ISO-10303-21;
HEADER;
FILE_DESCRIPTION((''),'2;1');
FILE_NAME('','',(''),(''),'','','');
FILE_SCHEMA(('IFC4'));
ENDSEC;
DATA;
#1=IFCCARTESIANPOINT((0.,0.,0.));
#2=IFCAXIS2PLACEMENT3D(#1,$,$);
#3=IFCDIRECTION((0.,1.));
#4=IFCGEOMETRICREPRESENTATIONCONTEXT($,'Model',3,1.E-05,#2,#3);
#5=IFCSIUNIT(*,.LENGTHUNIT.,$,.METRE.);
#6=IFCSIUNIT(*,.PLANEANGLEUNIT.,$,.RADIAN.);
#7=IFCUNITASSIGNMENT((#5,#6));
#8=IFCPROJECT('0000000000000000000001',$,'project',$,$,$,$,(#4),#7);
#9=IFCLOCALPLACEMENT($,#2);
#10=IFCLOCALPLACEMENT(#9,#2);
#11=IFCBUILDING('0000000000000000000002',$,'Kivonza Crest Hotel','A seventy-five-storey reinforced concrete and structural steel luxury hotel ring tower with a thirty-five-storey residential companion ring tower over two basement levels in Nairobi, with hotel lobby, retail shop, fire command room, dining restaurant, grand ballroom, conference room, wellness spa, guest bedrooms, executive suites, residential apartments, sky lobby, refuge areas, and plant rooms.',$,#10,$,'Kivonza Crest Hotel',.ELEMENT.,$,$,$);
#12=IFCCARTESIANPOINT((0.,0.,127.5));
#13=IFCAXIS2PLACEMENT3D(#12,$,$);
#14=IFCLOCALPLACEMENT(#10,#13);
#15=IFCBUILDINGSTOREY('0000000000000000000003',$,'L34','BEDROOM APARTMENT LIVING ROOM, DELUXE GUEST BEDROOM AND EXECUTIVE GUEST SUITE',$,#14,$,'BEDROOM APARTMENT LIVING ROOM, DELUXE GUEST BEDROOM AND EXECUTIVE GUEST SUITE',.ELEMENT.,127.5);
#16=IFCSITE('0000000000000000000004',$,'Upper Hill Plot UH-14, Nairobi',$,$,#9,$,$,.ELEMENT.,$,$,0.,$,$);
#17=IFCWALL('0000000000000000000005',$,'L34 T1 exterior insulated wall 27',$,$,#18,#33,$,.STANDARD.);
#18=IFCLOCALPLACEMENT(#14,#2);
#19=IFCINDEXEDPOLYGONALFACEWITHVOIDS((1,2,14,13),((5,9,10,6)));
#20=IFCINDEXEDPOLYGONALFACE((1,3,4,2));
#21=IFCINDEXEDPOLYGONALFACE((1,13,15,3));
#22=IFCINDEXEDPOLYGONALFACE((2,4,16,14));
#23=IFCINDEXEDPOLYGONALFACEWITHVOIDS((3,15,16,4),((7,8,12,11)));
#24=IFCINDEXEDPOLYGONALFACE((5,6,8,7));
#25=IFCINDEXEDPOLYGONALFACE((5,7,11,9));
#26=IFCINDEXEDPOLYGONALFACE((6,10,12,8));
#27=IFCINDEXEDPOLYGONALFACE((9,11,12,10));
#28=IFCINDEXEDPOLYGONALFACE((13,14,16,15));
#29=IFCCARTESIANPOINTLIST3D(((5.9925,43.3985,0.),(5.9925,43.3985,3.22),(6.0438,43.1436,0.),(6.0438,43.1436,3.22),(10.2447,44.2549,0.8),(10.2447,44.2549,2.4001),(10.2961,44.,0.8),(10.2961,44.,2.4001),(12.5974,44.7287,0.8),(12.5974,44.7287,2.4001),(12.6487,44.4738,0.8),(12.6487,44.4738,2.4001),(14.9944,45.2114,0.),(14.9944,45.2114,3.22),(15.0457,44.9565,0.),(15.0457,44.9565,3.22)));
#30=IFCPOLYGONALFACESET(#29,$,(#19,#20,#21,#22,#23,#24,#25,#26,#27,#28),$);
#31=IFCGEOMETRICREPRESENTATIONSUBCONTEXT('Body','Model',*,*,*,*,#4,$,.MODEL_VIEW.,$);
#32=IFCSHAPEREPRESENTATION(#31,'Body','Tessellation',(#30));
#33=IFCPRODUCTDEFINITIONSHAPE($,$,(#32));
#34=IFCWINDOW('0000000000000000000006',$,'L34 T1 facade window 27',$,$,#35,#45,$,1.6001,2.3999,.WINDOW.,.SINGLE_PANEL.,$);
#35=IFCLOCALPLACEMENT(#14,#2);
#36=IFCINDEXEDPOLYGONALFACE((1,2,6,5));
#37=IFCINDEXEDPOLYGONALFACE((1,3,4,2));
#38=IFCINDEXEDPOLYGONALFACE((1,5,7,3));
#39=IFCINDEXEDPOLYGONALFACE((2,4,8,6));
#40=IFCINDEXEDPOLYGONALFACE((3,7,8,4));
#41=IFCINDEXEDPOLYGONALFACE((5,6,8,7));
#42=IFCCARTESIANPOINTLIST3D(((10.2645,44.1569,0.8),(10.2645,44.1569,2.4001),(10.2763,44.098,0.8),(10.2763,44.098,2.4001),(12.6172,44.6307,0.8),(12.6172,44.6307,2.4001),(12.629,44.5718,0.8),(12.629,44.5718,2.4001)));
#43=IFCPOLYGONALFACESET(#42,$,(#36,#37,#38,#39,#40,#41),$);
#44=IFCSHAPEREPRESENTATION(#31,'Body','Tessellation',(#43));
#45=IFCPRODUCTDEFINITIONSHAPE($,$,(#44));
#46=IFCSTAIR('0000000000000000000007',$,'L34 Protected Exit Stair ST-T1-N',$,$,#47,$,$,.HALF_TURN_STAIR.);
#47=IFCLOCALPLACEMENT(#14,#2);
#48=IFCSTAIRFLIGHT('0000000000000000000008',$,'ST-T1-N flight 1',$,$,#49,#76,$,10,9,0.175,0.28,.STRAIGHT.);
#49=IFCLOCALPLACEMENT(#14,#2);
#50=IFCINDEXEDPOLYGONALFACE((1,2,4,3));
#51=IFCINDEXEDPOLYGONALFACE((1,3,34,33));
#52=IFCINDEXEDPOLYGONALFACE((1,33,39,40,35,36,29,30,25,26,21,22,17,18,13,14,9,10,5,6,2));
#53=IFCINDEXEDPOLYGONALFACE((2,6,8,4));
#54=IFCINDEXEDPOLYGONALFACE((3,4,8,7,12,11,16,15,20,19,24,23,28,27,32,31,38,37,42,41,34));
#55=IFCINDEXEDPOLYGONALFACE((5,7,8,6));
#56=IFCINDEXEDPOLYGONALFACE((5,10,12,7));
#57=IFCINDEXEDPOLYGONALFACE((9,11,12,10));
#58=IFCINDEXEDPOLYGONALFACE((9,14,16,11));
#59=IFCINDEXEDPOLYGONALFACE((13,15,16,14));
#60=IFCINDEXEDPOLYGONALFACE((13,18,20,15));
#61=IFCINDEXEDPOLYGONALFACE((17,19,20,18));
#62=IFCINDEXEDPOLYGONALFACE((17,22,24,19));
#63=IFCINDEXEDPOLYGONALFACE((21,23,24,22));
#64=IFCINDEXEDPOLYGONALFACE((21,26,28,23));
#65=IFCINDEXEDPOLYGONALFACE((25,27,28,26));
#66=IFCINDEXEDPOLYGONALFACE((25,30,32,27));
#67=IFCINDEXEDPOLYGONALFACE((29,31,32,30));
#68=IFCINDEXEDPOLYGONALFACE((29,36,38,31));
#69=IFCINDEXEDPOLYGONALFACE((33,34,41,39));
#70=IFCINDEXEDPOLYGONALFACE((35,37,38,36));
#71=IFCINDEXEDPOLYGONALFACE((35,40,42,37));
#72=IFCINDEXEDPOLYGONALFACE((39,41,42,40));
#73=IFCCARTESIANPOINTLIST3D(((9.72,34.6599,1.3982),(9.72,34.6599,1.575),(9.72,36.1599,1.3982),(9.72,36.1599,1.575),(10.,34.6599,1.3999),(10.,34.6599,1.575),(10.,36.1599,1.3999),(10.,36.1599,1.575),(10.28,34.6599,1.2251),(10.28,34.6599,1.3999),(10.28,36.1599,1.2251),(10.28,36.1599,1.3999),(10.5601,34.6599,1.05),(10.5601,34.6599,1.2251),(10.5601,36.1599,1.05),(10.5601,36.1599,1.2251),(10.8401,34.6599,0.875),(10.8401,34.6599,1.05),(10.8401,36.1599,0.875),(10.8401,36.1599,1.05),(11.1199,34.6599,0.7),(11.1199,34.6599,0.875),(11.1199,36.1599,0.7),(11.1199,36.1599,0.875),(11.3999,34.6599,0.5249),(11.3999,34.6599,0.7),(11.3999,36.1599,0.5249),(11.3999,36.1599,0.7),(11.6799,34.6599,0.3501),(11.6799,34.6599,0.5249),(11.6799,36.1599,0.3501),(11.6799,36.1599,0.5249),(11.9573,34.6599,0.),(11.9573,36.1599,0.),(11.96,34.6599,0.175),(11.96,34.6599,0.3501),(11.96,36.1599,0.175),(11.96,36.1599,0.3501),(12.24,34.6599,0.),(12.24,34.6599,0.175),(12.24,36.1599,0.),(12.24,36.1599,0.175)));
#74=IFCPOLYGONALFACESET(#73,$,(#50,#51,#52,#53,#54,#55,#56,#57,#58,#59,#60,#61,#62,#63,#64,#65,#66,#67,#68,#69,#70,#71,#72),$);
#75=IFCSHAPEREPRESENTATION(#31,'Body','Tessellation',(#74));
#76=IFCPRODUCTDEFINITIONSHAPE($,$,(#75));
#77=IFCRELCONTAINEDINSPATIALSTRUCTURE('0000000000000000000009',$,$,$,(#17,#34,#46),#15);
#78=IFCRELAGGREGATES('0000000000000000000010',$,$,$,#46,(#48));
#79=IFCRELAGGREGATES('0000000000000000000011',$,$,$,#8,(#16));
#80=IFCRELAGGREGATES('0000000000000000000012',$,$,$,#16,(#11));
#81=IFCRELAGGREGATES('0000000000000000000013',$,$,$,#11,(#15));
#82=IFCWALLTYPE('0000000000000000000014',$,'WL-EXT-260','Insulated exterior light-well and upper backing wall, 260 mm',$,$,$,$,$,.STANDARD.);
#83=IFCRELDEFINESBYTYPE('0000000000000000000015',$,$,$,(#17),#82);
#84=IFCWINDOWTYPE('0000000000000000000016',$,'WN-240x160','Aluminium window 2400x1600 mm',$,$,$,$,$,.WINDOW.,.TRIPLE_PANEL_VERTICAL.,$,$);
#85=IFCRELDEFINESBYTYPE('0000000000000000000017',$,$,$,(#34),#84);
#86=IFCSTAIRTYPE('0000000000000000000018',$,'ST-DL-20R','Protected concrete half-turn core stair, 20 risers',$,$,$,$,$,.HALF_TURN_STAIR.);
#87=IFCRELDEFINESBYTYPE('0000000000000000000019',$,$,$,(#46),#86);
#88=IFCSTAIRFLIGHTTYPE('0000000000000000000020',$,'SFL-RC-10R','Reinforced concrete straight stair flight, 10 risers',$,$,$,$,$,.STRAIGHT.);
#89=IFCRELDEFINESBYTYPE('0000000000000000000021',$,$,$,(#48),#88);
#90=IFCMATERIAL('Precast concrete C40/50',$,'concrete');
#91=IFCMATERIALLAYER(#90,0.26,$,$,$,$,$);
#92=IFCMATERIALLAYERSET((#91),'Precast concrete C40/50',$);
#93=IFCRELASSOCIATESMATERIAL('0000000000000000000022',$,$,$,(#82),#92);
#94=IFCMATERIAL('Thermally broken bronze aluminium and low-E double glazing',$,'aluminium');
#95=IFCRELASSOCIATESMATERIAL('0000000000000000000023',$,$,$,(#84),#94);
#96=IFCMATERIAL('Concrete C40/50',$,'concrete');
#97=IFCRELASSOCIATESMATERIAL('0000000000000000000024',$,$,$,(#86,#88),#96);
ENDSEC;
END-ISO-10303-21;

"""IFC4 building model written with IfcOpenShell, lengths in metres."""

from ifc_helpers import new_model, si_unit, direction, frame, frame_2d, origin, place, context, subcontext, project, spatial, polyline, rectangle, outline, extrude, material, layer, layer_set, type_object, element, fill, aggregate, save


model = new_model("IFC4")

# Units and contexts
model_context = context("Model", 3, precision=1e-05, world=origin(), true_north=direction((0.0, 1.0)))
body_context = subcontext(model_context, "Body", "Model", "MODEL_VIEW")
ifc_project = project(units=[si_unit("LENGTHUNIT", "METRE"), si_unit("PLANEANGLEUNIT", "RADIAN")], contexts=[model_context])

# Site, building, storey
site_placement = place(None, origin())
site = spatial("IfcSite", under=ifc_project, at=site_placement, Name="Upper Hill Plot UH-14, Nairobi", CompositionType="ELEMENT", RefElevation=0.0)
building_placement = place(site_placement, origin())
building = spatial("IfcBuilding", under=site, at=building_placement, Name="Kivonza Crest Hotel", Description="A seventy-five-storey reinforced concrete and structural steel luxury hotel ring tower with a thirty-five-storey residential companion ring tower over two basement levels in Nairobi, with hotel lobby, retail shop, fire command room, dining restaurant, grand ballroom, conference room, wellness spa, guest bedrooms, executive suites, residential apartments, sky lobby, refuge areas, and plant rooms.", LongName="Kivonza Crest Hotel", CompositionType="ELEMENT")
storey_placement = place(building_placement, frame((0.0, 0.0, 127.5)))
storey = spatial("IfcBuildingStorey", under=building, at=storey_placement, Name="L34", Description="BEDROOM APARTMENT LIVING ROOM, DELUXE GUEST BEDROOM AND EXECUTIVE GUEST SUITE", LongName="BEDROOM APARTMENT LIVING ROOM, DELUXE GUEST BEDROOM AND EXECUTIVE GUEST SUITE", CompositionType="ELEMENT", Elevation=127.5)

# Wall, opening, window
ifc_material_1 = material(Name="Precast concrete C40/50", Category="concrete")
ifc_layer_1 = layer(ifc_material_1, 0.26)
ifc_layer_set_1 = layer_set([ifc_layer_1], Name="Precast concrete C40/50")
wall_type_1 = type_object("IfcWallType", Name="WL-EXT-260", Description="Insulated exterior light-well and upper backing wall, 260 mm", PredefinedType="STANDARD", material=ifc_layer_set_1)
wall_1_placement = place(storey_placement, frame((15.02, 45.084, 0.0), z_axis=(0.0, 0.0, 1.0), x_axis=(-0.980316, -0.197435, 0.0)))
wall_1 = element("IfcWall", 1, at=wall_1_placement, inside=storey, type_object=wall_type_1, Name="L34 T1 exterior insulated wall 27", PredefinedType="STANDARD", context=body_context, shape_type="SweptSolid", body=[
    extrude(rectangle(XDim=9.1826, YDim=0.26, at=frame_2d((4.5913, 0.0))), origin(), (0.0, 0.0, 1.0), 3.22),
])
opening_1_placement = place(wall_1_placement, frame((2.4451, 0.0, 0.8)))
opening_1 = element("IfcOpeningElement", 2, at=opening_1_placement, cuts=wall_1, PredefinedType="OPENING", context=body_context, shape_type="SweptSolid", body=[
    extrude(rectangle(XDim=2.3999, YDim=1.6001, at=frame_2d((1.2, 0.8))), frame((0.0, 0.1401, 0.0), z_axis=(0.0, -1.0, 0.0), x_axis=(1.0, 0.0, 0.0)), (0.0, 0.0, 1.0), 0.28),
])
ifc_material_2 = material(Name="Thermally broken bronze aluminium and low-E double glazing", Category="aluminium")
window_type = type_object("IfcWindowType", Name="WN-240x160", Description="Aluminium window 2400x1600 mm", PartitioningType="TRIPLE_PANEL_VERTICAL", PredefinedType="WINDOW", material=ifc_material_2)
window_placement = place(opening_1_placement, origin())
window = element("IfcWindow", 3, at=window_placement, inside=storey, type_object=window_type, Name="L34 T1 facade window 27", OverallHeight=1.6001, OverallWidth=2.3999, PartitioningType="SINGLE_PANEL", PredefinedType="WINDOW", context=body_context, shape_type="SweptSolid", body=[
    extrude(rectangle(XDim=2.3999, YDim=1.6001, at=frame_2d((1.2, 0.8))), frame((0.0, 0.03, 0.0), z_axis=(0.0, -1.0, 0.0), x_axis=(1.0, 0.0, 0.0)), (0.0, 0.0, 1.0), 0.0601),
])
fill(opening_1, window)

# Stair, stair flight
ifc_material_3 = material(Name="Concrete C40/50", Category="concrete")
stair_type = type_object("IfcStairType", Name="ST-DL-20R", Description="Protected concrete half-turn core stair, 20 risers", PredefinedType="HALF_TURN_STAIR", material=ifc_material_3)
stair_placement = place(storey_placement, origin())
stair = element("IfcStair", 4, at=stair_placement, inside=storey, type_object=stair_type, Name="L34 Protected Exit Stair ST-T1-N", PredefinedType="HALF_TURN_STAIR")
stair_flight_type = type_object("IfcStairFlightType", Name="SFL-RC-10R", Description="Reinforced concrete straight stair flight, 10 risers", PredefinedType="STRAIGHT", material=ifc_material_3)
stair_flight_placement = place(storey_placement, frame((12.24, 35.4099, 0.0), z_axis=(0.0, 0.0, 1.0), x_axis=(-1.0, 0.0, 0.0)))
stair_flight = element("IfcStairFlight", 5, at=stair_flight_placement, type_object=stair_flight_type, Name="ST-T1-N flight 1", NumberOfRisers=10, NumberOfTreads=9, PredefinedType="STRAIGHT", RiserHeight=0.175, TreadLength=0.28, context=body_context, shape_type="SweptSolid", body=[
    extrude(outline(polyline([(0.0, 0.0), (0.0, 0.175), (0.28, 0.175), (0.28, 0.3501), (0.5601, 0.3501), (0.5601, 0.5249), (0.8401, 0.5249), (0.8401, 0.7), (1.1201, 0.7), (1.1201, 0.875), (1.3999, 0.875), (1.3999, 1.05), (1.6799, 1.05), (1.6799, 1.2251), (1.96, 1.2251), (1.96, 1.3999), (2.24, 1.3999), (2.24, 1.575), (2.52, 1.575), (2.52, 1.75), (2.52, 1.3982), (0.2827, 0.0), (0.0, 0.0)])), frame((0.0, 0.75, 0.0), z_axis=(0.0, -1.0, 0.0), x_axis=(1.0, 0.0, 0.0)), (0.0, 0.0, 1.0), 1.5),
])
aggregate(stair, [stair_flight])

save(model, "model.ifc")
